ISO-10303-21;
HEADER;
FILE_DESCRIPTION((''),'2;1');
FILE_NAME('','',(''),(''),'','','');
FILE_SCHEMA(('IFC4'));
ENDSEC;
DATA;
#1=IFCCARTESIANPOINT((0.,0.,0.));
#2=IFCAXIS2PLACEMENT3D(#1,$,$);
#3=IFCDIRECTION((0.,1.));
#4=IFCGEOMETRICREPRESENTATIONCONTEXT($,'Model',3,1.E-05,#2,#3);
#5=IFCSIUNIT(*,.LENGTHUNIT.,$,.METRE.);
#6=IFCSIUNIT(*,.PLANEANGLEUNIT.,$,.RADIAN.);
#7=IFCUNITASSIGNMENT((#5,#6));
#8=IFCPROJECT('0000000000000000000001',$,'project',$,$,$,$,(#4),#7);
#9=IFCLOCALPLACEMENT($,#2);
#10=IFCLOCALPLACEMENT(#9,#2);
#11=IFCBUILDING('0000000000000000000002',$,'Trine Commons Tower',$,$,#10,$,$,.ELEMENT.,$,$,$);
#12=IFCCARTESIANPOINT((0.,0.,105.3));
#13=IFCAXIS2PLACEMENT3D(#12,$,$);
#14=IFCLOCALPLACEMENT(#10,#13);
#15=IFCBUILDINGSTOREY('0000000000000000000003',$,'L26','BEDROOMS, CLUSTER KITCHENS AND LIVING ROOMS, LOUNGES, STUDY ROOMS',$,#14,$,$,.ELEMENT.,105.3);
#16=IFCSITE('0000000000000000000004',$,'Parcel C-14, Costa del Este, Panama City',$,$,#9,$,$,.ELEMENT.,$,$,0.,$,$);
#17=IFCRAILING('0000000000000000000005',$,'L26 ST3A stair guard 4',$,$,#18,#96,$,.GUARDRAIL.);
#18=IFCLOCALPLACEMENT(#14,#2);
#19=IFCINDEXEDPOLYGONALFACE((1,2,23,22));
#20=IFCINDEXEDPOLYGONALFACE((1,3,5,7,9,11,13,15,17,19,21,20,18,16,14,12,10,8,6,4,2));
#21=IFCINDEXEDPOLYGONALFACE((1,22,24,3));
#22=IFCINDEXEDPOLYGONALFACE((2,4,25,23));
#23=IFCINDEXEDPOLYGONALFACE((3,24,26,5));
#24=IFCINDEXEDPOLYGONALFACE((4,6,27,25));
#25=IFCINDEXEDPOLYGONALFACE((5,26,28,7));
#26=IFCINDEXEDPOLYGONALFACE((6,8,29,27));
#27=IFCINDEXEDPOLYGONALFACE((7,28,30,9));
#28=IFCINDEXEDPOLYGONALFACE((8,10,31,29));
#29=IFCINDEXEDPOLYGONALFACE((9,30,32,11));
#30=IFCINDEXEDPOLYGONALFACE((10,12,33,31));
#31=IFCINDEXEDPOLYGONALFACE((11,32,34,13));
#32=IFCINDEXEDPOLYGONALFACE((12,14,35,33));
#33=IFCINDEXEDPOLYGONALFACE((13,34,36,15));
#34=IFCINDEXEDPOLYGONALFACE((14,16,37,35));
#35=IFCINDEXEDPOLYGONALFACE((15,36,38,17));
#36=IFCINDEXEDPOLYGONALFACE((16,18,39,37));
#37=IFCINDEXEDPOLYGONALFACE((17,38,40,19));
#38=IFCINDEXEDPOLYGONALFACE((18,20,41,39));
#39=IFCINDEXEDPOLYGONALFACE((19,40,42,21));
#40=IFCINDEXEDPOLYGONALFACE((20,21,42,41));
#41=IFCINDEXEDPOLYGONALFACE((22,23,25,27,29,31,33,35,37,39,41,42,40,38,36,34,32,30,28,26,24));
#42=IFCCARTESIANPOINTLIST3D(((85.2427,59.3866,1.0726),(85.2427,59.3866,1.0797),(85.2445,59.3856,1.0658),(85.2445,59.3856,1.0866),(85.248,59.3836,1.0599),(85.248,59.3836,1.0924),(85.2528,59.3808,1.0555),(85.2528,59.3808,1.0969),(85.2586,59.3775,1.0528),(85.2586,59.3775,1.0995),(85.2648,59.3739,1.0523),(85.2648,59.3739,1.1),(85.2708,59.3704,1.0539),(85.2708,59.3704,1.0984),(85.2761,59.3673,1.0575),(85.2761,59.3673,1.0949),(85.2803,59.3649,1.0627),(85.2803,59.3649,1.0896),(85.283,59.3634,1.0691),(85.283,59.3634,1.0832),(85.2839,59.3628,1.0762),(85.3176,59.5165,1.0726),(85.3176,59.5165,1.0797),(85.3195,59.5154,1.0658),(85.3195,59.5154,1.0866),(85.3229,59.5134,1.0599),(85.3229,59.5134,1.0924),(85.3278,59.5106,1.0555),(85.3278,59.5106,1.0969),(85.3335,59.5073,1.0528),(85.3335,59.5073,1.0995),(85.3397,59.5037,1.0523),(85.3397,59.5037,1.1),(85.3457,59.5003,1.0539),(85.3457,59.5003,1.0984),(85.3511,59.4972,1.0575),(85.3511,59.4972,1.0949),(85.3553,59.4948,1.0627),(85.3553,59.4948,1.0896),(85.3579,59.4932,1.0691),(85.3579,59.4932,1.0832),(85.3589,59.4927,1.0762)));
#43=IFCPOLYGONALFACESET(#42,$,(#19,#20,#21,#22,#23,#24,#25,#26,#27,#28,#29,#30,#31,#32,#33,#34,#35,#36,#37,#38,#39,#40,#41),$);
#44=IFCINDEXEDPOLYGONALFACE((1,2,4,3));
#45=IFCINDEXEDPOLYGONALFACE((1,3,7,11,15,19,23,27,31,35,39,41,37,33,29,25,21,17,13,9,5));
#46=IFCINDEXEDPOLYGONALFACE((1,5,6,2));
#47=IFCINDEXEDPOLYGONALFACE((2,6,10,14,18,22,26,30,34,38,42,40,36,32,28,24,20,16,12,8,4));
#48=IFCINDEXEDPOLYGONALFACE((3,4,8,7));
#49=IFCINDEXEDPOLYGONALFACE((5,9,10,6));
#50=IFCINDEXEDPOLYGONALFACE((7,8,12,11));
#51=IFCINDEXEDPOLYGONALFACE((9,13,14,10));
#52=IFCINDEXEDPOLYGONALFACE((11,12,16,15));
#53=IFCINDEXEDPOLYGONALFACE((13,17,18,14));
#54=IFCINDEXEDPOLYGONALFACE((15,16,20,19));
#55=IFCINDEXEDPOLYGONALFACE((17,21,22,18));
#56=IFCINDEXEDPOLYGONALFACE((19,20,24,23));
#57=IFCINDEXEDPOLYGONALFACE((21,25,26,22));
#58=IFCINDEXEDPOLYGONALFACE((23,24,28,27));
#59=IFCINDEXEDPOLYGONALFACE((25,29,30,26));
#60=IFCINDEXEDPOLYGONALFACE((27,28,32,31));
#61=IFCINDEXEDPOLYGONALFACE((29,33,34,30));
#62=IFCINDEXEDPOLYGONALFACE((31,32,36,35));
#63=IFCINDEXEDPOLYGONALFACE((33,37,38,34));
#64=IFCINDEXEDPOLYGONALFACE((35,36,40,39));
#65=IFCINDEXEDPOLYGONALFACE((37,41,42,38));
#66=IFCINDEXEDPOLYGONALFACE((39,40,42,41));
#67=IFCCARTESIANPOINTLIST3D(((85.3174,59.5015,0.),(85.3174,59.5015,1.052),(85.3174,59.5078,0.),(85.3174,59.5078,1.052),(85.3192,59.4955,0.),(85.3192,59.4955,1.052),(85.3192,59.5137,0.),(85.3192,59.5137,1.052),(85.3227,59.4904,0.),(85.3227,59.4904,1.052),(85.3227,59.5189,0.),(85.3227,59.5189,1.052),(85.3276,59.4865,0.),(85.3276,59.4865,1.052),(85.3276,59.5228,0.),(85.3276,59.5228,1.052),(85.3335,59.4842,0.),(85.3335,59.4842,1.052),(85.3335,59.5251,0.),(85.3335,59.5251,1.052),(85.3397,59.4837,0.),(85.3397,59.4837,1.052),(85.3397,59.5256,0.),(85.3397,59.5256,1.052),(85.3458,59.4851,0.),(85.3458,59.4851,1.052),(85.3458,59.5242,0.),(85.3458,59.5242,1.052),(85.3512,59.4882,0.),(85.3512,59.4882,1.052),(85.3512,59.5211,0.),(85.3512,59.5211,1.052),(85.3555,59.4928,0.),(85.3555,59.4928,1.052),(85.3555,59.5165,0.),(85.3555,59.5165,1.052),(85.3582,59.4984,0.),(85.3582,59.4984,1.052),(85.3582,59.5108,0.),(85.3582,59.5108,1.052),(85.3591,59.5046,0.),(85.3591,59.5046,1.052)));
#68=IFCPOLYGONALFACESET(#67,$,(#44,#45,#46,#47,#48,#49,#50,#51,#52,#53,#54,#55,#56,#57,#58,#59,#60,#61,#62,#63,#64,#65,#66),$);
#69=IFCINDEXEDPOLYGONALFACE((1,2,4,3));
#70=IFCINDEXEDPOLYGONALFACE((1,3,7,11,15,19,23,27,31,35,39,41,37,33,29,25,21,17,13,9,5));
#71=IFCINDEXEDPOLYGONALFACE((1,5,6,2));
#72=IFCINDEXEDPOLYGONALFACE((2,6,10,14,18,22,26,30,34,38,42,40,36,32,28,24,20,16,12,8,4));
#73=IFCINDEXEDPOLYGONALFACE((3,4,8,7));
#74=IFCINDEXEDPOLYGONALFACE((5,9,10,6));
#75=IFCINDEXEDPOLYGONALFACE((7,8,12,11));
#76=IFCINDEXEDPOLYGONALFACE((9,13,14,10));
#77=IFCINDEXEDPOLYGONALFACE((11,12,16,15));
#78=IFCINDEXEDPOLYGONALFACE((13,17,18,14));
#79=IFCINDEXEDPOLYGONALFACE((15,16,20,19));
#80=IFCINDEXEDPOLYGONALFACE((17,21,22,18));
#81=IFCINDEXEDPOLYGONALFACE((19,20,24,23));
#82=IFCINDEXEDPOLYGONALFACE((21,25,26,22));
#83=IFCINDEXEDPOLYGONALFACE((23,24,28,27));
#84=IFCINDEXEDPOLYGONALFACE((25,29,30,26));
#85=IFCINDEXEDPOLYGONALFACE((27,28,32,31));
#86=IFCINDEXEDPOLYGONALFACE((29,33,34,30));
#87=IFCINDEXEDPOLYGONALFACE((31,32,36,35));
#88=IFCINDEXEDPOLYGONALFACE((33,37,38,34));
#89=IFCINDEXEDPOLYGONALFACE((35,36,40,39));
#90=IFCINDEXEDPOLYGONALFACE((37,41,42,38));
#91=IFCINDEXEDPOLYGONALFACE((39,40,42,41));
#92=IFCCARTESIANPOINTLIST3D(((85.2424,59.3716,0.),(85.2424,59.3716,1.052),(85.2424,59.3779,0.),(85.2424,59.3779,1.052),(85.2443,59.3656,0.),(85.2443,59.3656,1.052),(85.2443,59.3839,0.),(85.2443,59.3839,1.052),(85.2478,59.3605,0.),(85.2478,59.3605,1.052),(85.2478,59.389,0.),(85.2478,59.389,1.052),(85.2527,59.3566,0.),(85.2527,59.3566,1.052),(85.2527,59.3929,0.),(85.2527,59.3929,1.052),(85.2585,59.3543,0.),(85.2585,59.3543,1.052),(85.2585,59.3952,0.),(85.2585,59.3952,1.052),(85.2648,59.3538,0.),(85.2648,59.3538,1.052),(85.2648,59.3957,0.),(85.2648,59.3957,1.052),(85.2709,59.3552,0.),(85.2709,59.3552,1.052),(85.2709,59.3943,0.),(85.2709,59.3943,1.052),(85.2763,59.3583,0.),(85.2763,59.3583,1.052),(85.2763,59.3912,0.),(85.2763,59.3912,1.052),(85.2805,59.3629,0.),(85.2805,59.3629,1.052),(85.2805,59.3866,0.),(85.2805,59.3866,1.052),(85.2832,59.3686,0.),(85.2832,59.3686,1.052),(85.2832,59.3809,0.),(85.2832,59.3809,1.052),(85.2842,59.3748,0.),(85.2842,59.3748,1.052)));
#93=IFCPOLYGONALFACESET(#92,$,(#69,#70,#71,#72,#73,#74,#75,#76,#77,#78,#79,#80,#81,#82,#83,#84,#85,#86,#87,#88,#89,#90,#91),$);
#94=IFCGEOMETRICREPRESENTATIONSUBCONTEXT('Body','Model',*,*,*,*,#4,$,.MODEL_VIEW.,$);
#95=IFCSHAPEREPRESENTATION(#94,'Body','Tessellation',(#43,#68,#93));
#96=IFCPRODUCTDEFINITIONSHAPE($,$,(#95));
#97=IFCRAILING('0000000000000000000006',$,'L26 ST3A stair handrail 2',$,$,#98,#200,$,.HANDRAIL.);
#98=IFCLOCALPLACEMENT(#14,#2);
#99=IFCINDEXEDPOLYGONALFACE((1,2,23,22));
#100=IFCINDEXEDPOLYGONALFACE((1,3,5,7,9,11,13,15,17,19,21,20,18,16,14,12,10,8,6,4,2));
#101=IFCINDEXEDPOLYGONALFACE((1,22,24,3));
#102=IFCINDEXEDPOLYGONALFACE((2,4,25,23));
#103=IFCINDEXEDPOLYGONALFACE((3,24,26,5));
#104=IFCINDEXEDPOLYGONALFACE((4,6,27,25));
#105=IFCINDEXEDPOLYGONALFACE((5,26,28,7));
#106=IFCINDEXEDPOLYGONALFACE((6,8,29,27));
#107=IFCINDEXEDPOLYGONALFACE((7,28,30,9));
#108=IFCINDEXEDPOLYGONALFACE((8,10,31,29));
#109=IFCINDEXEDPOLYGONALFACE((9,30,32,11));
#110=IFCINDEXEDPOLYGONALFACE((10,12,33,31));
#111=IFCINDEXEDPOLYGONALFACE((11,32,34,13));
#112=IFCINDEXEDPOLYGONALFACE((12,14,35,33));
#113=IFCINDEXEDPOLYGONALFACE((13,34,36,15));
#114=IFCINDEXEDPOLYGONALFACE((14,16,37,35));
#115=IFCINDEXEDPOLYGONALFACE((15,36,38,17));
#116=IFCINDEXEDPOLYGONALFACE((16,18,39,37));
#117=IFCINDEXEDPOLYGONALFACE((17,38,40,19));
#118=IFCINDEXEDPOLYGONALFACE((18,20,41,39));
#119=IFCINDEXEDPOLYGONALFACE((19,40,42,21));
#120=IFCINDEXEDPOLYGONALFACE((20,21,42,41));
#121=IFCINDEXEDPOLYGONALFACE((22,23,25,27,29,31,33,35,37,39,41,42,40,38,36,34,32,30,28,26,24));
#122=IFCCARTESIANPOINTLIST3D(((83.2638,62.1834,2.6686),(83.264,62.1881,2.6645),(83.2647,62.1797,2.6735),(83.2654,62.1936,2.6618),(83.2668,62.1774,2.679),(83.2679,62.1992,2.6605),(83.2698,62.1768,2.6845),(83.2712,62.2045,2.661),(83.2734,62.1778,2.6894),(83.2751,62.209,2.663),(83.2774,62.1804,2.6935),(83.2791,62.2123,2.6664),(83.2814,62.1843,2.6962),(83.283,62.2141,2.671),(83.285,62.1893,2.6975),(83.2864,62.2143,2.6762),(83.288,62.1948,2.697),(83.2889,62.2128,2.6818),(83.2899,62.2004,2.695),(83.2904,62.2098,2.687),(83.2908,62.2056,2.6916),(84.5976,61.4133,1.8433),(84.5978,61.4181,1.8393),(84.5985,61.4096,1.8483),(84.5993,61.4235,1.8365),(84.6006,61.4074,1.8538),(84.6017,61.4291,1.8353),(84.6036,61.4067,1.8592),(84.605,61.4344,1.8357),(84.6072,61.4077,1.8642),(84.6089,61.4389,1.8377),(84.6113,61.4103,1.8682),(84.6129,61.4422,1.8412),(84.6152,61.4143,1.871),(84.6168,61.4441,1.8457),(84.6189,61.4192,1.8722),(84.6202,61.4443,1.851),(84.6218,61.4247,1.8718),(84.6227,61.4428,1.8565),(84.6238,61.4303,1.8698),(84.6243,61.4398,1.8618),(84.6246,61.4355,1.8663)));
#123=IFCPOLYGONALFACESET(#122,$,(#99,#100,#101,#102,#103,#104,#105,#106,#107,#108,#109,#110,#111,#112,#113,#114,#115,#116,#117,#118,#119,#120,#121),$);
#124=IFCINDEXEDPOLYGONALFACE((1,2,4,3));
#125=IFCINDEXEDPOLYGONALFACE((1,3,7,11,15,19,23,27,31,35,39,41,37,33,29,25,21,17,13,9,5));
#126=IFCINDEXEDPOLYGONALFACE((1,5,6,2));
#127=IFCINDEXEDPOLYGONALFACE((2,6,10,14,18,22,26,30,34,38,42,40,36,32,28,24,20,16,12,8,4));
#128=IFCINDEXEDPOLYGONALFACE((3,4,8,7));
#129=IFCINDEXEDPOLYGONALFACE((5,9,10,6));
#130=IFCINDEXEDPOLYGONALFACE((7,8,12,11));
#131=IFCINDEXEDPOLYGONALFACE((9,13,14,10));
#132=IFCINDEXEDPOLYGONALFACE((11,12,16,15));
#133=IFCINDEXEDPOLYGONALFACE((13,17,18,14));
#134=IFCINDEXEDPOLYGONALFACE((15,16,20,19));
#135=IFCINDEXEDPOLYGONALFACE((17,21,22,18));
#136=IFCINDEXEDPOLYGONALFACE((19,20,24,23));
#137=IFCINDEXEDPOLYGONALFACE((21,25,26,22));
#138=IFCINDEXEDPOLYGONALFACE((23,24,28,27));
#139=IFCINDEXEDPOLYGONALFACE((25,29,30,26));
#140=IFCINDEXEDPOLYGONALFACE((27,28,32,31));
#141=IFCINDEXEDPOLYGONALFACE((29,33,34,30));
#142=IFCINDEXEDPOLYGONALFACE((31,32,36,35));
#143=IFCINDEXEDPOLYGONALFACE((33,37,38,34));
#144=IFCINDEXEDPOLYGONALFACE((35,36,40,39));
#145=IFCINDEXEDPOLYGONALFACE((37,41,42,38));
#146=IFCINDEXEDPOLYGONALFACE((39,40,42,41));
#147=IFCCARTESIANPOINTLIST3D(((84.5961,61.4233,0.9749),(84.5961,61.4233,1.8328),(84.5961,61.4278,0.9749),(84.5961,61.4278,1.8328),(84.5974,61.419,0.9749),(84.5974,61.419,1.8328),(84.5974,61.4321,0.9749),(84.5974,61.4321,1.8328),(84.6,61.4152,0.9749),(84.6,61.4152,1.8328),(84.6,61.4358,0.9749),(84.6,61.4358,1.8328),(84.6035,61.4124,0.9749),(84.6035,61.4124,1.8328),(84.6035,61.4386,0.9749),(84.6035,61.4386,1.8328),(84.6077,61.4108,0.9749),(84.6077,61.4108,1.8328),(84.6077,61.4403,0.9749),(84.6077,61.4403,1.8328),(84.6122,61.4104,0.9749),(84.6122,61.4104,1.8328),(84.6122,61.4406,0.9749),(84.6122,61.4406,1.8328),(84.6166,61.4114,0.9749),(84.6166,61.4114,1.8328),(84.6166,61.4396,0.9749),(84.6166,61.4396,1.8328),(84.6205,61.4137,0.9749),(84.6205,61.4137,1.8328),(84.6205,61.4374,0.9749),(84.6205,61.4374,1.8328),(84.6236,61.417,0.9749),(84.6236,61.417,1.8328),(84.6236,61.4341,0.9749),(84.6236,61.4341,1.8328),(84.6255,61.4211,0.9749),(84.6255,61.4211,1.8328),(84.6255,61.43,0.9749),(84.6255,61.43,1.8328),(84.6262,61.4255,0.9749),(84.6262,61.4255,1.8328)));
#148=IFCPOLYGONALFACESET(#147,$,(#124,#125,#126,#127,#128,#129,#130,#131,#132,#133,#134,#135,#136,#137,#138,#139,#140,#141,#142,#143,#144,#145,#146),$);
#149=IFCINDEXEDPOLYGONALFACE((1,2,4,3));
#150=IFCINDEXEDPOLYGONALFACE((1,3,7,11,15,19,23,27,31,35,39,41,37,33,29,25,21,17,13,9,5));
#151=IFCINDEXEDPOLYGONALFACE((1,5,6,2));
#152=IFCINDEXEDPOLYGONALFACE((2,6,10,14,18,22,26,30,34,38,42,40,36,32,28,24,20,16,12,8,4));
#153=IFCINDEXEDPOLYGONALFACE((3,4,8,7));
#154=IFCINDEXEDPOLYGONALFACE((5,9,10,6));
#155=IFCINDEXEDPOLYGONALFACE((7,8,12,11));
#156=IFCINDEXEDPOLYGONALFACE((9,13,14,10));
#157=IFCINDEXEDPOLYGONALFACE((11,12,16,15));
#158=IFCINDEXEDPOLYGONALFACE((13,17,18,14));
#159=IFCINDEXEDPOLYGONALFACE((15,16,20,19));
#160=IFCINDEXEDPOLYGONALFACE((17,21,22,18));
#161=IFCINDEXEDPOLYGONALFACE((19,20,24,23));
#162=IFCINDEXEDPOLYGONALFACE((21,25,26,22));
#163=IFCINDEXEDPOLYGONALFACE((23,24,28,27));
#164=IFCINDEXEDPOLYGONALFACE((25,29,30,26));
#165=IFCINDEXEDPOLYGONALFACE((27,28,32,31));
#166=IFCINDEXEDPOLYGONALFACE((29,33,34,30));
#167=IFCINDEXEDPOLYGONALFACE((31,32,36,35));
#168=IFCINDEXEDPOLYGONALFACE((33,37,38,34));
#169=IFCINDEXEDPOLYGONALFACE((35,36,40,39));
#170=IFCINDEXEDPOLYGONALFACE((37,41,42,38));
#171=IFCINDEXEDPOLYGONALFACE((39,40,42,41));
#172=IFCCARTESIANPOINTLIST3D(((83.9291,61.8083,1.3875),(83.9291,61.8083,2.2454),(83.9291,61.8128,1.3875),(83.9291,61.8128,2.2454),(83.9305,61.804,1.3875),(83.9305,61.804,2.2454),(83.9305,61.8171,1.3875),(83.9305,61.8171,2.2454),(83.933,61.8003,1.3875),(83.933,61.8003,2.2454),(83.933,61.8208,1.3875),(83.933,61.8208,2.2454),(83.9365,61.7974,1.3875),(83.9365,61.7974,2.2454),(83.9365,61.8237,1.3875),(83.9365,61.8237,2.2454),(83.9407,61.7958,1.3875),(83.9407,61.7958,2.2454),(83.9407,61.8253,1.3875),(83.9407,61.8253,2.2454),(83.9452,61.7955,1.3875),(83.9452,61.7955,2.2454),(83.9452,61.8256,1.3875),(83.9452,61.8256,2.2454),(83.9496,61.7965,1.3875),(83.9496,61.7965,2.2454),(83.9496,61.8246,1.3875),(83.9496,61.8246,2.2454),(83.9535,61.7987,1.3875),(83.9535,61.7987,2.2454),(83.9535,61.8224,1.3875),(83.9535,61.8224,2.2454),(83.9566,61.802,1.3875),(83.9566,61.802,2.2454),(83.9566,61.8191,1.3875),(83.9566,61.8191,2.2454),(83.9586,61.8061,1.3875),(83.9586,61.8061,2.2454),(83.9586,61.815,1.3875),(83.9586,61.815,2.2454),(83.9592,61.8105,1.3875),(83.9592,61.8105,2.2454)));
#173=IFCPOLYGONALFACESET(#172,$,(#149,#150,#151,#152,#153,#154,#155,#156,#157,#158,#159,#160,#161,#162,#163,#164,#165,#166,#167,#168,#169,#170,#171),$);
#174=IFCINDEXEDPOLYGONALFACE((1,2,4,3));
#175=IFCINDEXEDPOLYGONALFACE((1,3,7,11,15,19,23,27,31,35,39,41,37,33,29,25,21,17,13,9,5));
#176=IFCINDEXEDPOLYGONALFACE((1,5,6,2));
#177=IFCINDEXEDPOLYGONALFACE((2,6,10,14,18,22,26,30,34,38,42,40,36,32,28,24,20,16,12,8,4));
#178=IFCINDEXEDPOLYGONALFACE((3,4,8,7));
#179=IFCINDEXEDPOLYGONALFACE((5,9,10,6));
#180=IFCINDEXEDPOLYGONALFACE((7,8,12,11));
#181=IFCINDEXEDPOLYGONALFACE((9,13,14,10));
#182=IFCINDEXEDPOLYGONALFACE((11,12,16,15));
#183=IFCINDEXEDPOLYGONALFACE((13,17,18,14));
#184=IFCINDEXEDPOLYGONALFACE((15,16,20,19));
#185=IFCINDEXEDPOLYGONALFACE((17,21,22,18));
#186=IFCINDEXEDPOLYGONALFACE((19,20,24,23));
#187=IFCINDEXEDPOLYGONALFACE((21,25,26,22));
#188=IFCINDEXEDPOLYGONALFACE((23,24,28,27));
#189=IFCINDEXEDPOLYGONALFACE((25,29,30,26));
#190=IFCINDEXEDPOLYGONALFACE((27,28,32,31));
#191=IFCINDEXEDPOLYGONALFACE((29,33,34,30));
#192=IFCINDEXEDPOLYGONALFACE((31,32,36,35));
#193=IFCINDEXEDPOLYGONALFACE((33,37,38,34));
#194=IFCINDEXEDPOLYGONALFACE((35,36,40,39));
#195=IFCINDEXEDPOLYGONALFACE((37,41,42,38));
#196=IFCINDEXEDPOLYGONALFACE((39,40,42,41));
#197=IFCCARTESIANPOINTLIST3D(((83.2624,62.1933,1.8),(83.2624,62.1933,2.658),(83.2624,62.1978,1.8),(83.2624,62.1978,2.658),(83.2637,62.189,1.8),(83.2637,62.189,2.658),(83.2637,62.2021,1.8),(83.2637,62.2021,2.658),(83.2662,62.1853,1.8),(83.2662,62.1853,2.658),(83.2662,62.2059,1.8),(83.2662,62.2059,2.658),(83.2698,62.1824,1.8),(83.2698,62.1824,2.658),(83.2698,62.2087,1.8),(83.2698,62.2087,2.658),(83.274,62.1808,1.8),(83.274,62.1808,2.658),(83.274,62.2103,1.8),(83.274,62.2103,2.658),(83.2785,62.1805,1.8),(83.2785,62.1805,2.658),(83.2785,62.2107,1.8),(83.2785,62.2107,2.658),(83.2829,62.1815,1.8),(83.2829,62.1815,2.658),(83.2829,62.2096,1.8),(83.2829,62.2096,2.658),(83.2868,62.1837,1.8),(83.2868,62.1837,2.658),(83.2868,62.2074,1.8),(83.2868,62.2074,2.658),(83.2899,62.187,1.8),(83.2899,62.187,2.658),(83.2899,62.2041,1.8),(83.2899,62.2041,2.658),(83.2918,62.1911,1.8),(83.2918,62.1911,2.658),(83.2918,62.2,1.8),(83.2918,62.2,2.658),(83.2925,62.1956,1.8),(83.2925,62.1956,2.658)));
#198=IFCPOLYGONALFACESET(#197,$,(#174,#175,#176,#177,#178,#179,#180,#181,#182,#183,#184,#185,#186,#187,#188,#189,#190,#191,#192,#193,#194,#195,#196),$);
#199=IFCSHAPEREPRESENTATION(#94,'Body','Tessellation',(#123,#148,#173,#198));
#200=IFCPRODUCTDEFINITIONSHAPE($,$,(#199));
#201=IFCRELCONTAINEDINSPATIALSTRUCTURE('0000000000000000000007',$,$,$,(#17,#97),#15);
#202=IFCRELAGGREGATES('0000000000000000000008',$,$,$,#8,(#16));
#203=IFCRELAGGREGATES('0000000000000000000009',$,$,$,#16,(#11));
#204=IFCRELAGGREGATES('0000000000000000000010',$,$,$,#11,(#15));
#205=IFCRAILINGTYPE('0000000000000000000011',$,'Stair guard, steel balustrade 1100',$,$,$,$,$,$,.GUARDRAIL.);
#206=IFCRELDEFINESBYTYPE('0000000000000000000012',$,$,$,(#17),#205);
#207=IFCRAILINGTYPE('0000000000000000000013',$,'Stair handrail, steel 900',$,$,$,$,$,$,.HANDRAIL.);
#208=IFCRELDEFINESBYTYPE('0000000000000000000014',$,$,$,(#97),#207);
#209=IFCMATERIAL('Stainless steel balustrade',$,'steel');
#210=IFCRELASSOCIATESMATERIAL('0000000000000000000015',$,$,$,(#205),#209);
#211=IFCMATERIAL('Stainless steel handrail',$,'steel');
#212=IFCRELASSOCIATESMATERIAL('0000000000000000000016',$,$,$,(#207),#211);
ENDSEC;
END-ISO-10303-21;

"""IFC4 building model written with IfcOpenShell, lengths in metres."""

from ifc_helpers import new_model, si_unit, direction, frame, origin, origin_2d, place, context, subcontext, project, spatial, circle, extrude, material, type_object, element, save


model = new_model("IFC4")

# Units and contexts
model_context = context("Model", 3, precision=1e-05, world=origin(), true_north=direction((0.0, 1.0)))
body_context = subcontext(model_context, "Body", "Model", "MODEL_VIEW")
ifc_project = project(units=[si_unit("LENGTHUNIT", "METRE"), si_unit("PLANEANGLEUNIT", "RADIAN")], contexts=[model_context])

# Site, building, storey
site_placement = place(None, origin())
site = spatial("IfcSite", under=ifc_project, at=site_placement, Name="Parcel C-14, Costa del Este, Panama City", CompositionType="ELEMENT", RefElevation=0.0)
building_placement = place(site_placement, origin())
building = spatial("IfcBuilding", under=site, at=building_placement, Name="Trine Commons Tower", CompositionType="ELEMENT")
storey_placement = place(building_placement, frame((0.0, 0.0, 105.3)))
storey = spatial("IfcBuildingStorey", under=building, at=storey_placement, Name="L26", Description="BEDROOMS, CLUSTER KITCHENS AND LIVING ROOMS, LOUNGES, STUDY ROOMS", CompositionType="ELEMENT", Elevation=105.3)

# Railings
ifc_material_1 = material(Name="Stainless steel balustrade", Category="steel")
railing_type_1 = type_object("IfcRailingType", Name="Stair guard, steel balustrade 1100", PredefinedType="GUARDRAIL", material=ifc_material_1)
railing_1_placement = place(storey_placement, frame((85.3381, 59.5046, 0.0)))
element("IfcRailing", 1, at=railing_1_placement, inside=storey, type_object=railing_type_1, Name="L26 ST3A stair guard 4", PredefinedType="GUARDRAIL", context=body_context, shape_type="SweptSolid", body=[
    extrude(circle(Radius=0.0239, at=origin_2d()), frame((0.0, 0.0, 1.0762), z_axis=(-0.499816, -0.866131, 0.0), x_axis=(0.866131, -0.499816, 0.0)), (0.0, 0.0, 1.0), 0.1499),
    extrude(circle(Radius=0.021, at=origin_2d()), origin(), (0.0, 0.0, 1.0), 1.052),
    extrude(circle(Radius=0.021, at=origin_2d()), frame((-0.075, -0.1299, 0.0)), (0.0, 0.0, 1.0), 1.052),
])
ifc_material_2 = material(Name="Stainless steel handrail", Category="steel")
railing_type_2 = type_object("IfcRailingType", Name="Stair handrail, steel 900", PredefinedType="HANDRAIL", material=ifc_material_2)
railing_2_placement = place(storey_placement, frame((84.6111, 61.4255, 0.9749)))
element("IfcRailing", 2, at=railing_2_placement, inside=storey, type_object=railing_type_2, Name="L26 ST3A stair handrail 2", PredefinedType="HANDRAIL", context=body_context, shape_type="SweptSolid", body=[
    extrude(circle(Radius=0.021, at=origin_2d()), frame((0.0, 0.0, 0.8789), z_axis=(-0.763355, 0.440714, 0.472293), x_axis=(-0.499992, -0.86603, 0.0)), (0.0, 0.0, 1.0), 1.7473),
    extrude(circle(Radius=0.0151, at=origin_2d()), origin(), (0.0, 0.0, 1.0), 0.8579),
    extrude(circle(Radius=0.0151, at=origin_2d()), frame((-0.667, 0.385, 0.4126)), (0.0, 0.0, 1.0), 0.8579),
    extrude(circle(Radius=0.0151, at=origin_2d()), frame((-1.3337, 0.77, 0.8252)), (0.0, 0.0, 1.0), 0.8579),
])

save(model, "model.ifc")
